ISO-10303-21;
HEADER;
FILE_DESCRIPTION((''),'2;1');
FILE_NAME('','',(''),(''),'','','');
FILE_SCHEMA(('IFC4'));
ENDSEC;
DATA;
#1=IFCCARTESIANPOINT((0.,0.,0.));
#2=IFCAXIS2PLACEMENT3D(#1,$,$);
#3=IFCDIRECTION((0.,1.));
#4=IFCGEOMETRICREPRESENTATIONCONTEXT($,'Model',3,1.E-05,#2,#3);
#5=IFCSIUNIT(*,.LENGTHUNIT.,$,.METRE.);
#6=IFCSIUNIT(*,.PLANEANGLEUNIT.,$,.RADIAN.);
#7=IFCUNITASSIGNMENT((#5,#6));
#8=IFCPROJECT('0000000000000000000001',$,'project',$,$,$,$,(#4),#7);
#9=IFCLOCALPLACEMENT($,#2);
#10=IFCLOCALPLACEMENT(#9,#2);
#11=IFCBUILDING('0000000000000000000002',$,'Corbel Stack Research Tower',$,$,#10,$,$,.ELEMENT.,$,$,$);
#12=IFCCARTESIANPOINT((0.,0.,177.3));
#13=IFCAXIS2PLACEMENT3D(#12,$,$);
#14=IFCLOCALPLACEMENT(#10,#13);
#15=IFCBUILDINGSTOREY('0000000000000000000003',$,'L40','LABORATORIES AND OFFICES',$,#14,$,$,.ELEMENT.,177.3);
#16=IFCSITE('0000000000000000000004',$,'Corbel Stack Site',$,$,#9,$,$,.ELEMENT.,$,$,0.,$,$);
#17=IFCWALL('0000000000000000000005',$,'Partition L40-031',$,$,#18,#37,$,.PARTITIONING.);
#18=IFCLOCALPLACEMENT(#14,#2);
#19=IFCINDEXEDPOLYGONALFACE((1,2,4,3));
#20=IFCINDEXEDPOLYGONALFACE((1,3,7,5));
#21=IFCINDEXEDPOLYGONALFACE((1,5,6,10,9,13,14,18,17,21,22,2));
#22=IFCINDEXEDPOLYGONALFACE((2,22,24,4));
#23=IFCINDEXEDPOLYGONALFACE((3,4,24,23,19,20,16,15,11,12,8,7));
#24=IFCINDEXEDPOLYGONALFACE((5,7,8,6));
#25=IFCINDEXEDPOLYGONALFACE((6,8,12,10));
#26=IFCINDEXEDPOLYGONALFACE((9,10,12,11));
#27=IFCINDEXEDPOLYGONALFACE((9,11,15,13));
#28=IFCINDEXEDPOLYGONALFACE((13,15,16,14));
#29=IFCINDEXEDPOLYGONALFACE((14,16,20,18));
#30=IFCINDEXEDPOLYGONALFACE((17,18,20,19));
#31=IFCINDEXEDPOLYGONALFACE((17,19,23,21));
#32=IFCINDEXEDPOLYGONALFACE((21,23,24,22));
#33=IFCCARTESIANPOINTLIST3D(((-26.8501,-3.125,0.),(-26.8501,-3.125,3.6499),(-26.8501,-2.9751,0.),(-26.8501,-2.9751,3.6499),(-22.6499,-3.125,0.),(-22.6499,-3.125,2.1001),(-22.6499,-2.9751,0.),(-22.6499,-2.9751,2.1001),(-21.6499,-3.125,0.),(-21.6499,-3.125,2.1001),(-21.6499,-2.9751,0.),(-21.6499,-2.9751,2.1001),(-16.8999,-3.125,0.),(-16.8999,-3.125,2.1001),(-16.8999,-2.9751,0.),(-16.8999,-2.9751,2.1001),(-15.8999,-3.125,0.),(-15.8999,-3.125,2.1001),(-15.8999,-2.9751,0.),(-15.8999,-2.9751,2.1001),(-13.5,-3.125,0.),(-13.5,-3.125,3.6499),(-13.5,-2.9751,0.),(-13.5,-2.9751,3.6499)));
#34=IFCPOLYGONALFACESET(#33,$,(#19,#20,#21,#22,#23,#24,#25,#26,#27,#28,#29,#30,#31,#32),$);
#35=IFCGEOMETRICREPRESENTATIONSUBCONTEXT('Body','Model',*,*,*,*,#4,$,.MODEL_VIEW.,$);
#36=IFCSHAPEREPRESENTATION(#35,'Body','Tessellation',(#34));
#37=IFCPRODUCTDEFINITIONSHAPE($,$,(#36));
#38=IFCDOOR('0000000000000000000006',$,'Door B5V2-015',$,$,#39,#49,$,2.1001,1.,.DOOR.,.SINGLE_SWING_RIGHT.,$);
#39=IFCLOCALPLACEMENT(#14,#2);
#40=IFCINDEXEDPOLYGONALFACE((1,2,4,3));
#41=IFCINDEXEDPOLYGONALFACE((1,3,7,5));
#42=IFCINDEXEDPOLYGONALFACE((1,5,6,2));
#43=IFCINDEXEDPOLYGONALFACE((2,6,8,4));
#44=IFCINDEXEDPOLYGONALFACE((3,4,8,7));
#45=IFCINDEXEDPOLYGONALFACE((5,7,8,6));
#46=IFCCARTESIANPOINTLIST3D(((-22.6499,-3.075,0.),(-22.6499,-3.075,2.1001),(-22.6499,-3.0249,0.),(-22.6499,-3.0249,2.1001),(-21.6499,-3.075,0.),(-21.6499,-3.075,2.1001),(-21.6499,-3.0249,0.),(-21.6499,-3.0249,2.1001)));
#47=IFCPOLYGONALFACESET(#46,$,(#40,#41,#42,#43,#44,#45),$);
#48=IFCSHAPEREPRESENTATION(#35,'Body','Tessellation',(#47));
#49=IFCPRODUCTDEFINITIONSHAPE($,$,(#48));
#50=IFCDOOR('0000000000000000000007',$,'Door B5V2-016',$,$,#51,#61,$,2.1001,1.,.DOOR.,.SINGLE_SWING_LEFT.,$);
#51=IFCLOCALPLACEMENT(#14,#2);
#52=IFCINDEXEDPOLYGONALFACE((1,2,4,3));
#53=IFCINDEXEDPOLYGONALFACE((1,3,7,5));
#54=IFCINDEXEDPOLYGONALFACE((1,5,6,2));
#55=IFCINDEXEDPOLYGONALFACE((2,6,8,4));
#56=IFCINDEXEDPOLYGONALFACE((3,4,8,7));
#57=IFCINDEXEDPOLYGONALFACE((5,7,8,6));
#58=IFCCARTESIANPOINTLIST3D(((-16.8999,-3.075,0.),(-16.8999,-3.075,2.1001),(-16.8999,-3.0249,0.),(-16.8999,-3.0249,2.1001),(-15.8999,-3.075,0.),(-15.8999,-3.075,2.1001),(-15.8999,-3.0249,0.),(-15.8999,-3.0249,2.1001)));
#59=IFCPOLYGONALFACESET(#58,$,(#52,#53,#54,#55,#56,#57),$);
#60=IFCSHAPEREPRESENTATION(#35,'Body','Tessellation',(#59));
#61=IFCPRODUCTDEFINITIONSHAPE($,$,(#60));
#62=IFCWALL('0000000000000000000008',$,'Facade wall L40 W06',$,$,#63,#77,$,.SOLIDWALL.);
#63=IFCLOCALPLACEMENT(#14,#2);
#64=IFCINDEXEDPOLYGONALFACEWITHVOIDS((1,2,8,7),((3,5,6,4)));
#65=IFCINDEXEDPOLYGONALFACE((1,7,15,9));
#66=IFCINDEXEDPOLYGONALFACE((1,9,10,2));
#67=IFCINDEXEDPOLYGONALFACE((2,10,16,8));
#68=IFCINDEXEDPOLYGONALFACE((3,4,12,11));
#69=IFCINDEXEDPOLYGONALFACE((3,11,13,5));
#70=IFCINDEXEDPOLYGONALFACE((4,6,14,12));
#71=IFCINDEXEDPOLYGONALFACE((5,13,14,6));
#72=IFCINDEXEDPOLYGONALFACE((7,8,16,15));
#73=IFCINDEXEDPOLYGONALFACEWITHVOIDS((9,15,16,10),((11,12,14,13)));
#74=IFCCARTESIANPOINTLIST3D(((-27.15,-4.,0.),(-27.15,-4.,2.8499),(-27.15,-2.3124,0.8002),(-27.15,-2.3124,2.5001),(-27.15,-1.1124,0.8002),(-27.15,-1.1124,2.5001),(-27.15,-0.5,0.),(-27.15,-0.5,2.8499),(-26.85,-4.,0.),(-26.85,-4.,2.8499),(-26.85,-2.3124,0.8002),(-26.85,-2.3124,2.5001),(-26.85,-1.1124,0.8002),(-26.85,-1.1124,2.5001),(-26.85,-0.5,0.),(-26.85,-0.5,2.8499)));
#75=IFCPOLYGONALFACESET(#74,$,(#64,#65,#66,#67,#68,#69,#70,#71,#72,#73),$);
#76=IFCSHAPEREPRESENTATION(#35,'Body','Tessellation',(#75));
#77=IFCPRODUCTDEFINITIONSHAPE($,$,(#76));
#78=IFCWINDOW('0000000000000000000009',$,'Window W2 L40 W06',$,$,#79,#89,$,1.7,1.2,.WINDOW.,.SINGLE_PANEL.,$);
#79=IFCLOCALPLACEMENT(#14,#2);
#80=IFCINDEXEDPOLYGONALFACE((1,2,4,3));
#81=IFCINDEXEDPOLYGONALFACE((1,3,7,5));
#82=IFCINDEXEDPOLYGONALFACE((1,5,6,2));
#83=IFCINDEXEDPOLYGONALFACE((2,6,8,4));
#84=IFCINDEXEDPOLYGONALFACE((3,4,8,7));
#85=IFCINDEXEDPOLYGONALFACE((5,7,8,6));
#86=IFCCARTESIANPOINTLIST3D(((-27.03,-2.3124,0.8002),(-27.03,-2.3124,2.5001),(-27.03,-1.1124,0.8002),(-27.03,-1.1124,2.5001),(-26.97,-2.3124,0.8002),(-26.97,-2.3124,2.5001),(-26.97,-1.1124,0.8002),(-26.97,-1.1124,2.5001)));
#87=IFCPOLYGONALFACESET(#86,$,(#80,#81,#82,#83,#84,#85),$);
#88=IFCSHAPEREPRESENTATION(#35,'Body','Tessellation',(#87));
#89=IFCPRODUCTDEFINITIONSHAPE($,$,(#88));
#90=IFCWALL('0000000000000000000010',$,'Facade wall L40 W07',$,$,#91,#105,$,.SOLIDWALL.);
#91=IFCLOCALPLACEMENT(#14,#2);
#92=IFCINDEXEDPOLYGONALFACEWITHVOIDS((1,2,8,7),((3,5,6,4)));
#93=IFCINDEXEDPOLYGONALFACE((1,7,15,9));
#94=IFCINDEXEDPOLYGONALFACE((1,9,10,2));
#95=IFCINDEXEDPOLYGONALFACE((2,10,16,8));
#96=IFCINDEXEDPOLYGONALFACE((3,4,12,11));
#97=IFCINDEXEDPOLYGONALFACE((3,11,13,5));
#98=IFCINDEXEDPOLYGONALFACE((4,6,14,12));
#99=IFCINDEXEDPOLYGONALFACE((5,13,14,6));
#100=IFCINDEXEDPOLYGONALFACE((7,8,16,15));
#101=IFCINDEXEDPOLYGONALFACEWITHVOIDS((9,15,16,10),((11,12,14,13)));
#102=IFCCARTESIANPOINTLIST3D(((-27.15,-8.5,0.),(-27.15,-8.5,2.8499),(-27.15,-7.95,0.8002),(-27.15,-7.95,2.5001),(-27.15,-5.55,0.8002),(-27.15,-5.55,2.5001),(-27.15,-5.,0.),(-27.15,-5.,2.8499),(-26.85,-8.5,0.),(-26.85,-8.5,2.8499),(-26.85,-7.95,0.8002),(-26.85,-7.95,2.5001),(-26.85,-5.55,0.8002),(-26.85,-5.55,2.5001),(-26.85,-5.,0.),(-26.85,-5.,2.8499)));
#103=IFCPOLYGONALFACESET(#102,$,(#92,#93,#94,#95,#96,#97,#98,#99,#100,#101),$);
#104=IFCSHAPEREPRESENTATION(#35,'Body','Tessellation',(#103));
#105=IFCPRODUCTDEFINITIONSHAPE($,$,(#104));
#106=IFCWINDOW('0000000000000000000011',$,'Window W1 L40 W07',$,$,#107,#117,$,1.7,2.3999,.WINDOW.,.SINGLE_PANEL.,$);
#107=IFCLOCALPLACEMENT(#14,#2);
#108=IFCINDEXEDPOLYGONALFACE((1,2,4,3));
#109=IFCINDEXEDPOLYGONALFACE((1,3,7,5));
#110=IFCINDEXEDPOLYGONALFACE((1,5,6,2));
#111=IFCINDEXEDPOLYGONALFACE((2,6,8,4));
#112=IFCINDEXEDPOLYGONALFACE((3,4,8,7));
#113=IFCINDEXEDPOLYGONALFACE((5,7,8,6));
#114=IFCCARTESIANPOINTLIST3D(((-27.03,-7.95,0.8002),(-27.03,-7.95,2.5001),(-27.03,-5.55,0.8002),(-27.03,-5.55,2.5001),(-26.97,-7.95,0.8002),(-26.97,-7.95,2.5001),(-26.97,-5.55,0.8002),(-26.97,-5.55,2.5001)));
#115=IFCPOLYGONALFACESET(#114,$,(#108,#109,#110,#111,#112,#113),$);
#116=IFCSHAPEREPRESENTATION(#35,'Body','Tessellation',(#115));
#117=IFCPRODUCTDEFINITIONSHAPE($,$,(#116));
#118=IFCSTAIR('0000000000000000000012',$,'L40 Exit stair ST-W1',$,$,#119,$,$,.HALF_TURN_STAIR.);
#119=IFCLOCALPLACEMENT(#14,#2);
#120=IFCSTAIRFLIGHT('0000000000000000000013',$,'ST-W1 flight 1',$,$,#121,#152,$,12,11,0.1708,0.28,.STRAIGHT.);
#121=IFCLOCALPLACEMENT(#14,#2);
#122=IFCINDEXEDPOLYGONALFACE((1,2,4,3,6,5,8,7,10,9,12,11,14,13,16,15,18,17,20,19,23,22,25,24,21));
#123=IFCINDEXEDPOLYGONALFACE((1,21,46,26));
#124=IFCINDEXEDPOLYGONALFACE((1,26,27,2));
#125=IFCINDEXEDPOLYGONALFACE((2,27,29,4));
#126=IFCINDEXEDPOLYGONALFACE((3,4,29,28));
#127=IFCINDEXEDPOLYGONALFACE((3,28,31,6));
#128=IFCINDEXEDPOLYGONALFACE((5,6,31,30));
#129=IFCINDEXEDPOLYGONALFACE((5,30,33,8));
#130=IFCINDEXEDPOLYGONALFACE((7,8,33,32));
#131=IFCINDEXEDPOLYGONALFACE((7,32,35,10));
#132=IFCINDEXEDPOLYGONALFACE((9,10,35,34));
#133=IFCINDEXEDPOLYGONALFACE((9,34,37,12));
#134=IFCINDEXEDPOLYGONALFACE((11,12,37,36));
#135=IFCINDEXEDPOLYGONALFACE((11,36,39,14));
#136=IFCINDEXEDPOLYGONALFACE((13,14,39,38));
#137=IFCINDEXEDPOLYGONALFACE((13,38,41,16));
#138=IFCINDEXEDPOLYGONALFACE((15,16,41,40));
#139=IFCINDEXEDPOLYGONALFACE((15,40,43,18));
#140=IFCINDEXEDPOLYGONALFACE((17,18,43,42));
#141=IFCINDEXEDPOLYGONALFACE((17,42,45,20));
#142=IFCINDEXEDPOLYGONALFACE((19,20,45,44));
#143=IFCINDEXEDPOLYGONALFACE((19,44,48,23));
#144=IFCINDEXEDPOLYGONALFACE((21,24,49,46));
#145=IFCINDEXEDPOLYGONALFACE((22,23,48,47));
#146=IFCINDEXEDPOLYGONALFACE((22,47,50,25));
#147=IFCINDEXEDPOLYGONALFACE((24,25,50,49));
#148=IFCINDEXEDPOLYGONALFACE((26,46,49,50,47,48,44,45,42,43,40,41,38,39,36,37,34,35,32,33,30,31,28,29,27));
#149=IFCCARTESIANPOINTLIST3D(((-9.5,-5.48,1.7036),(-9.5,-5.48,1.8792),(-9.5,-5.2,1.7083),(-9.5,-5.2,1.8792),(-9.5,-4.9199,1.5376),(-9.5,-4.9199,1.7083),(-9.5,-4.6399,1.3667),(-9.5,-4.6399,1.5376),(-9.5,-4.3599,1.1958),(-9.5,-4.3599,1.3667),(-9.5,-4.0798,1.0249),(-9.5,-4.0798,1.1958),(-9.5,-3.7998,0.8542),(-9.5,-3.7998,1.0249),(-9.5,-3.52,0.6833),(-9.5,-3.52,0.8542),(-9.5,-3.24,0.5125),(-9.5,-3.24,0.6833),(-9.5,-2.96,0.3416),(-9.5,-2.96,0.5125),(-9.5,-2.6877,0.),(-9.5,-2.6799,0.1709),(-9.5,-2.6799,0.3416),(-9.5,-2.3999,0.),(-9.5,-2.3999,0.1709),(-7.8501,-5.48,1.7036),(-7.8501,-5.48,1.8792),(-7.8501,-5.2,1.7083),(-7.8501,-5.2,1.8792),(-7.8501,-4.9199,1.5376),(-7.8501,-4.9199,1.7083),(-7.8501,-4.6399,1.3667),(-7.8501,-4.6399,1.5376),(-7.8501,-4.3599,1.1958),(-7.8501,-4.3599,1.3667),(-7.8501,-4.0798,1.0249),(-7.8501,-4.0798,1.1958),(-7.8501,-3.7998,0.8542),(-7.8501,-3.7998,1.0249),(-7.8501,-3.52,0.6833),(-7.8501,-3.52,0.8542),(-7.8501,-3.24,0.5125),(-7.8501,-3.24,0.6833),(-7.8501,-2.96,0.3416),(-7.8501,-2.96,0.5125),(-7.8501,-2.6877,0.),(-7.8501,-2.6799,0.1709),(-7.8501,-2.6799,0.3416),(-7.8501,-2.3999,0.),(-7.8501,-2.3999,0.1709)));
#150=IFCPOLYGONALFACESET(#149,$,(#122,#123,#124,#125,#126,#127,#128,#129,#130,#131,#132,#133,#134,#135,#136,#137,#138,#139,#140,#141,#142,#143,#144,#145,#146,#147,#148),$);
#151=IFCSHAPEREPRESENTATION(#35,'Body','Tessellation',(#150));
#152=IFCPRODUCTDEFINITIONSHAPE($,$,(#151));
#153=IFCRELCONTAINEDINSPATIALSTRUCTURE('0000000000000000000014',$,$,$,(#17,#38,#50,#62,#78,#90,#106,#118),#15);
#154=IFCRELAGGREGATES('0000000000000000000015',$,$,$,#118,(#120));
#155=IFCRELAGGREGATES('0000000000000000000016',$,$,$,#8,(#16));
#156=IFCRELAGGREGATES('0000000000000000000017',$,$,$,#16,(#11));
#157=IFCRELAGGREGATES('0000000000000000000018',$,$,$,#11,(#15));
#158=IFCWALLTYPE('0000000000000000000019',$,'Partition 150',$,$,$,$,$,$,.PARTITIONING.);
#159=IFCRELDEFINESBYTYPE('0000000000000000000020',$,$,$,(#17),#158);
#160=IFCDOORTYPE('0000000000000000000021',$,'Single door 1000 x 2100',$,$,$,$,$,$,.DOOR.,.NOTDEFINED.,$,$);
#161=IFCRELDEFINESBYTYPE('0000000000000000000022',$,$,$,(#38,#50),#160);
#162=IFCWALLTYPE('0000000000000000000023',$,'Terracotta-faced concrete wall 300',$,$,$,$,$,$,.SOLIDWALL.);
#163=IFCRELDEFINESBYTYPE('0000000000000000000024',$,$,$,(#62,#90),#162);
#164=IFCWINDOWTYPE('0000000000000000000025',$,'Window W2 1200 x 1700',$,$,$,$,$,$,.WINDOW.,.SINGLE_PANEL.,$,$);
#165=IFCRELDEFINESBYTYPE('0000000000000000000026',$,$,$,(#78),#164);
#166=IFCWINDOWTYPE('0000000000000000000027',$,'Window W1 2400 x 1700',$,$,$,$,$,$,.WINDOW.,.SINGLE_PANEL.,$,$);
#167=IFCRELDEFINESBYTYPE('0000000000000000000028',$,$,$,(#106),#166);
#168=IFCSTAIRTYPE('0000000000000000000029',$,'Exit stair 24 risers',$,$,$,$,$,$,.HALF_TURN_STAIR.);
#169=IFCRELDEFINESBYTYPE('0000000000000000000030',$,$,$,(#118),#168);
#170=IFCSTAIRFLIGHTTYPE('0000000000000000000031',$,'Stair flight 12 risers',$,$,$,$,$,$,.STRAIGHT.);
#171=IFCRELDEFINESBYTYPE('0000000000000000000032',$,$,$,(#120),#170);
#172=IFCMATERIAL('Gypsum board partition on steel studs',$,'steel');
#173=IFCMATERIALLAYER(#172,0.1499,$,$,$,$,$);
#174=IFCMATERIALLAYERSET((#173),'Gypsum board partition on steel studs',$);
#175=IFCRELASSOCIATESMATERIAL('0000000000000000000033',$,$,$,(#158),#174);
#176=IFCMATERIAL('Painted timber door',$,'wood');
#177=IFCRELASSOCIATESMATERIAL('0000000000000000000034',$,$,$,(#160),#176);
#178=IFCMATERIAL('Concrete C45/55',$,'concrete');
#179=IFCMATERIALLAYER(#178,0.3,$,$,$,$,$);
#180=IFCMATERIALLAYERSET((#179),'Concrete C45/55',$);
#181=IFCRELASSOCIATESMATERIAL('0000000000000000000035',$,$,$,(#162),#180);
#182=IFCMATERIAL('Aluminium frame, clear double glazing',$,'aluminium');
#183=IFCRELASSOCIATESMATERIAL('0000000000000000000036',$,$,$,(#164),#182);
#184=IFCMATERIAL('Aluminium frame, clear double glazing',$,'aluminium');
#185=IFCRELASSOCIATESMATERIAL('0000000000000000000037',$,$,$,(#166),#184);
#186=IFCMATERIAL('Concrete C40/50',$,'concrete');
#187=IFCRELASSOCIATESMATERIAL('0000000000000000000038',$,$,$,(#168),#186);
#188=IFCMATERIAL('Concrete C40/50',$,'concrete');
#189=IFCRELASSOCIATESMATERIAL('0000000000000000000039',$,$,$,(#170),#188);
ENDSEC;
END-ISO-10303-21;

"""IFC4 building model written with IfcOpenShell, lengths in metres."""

from ifc_helpers import new_model, si_unit, direction, frame, frame_2d, origin, place, context, subcontext, project, spatial, polyline, rectangle, outline, extrude, material, layer, layer_set, type_object, element, fill, aggregate, save


model = new_model("IFC4")

# Units and contexts
model_context = context("Model", 3, precision=1e-05, world=origin(), true_north=direction((0.0, 1.0)))
body_context = subcontext(model_context, "Body", "Model", "MODEL_VIEW")
ifc_project = project(units=[si_unit("LENGTHUNIT", "METRE"), si_unit("PLANEANGLEUNIT", "RADIAN")], contexts=[model_context])

# Site, building, storey
site_placement = place(None, origin())
site = spatial("IfcSite", under=ifc_project, at=site_placement, Name="Corbel Stack Site", CompositionType="ELEMENT", RefElevation=0.0)
building_placement = place(site_placement, origin())
building = spatial("IfcBuilding", under=site, at=building_placement, Name="Corbel Stack Research Tower", CompositionType="ELEMENT")
storey_placement = place(building_placement, frame((0.0, 0.0, 177.3)))
storey = spatial("IfcBuildingStorey", under=building, at=storey_placement, Name="L40", Description="LABORATORIES AND OFFICES", CompositionType="ELEMENT", Elevation=177.3)

# Wall, openings, doors
ifc_material_1 = material(Name="Gypsum board partition on steel studs", Category="steel")
ifc_layer_1 = layer(ifc_material_1, 0.1499)
ifc_layer_set_1 = layer_set([ifc_layer_1], Name="Gypsum board partition on steel studs")
wall_type_1 = type_object("IfcWallType", Name="Partition 150", PredefinedType="PARTITIONING", material=ifc_layer_set_1)
wall_1_placement = place(storey_placement, frame((-13.5, -3.05, 0.0), z_axis=(0.0, 0.0, 1.0), x_axis=(-1.0, 0.0, 0.0)))
wall_1 = element("IfcWall", 1, at=wall_1_placement, inside=storey, type_object=wall_type_1, Name="Partition L40-031", PredefinedType="PARTITIONING", context=body_context, shape_type="SweptSolid", body=[
    extrude(rectangle(XDim=13.3501, YDim=0.1499, at=frame_2d((6.675, 0.0))), origin(), (0.0, 0.0, 1.0), 3.6499),
])
opening_1_placement = place(wall_1_placement, frame((8.1499, 0.0, 0.0)))
opening_1 = element("IfcOpeningElement", 2, at=opening_1_placement, cuts=wall_1, PredefinedType="OPENING", context=body_context, shape_type="SweptSolid", body=[
    extrude(rectangle(XDim=1.0, YDim=2.1001, at=frame_2d((0.5, 1.05))), frame((0.0, 0.085, 0.0), z_axis=(0.0, -1.0, 0.0), x_axis=(1.0, 0.0, 0.0)), (0.0, 0.0, 1.0), 0.1699),
])
opening_2_placement = place(wall_1_placement, frame((2.3999, 0.0, 0.0)))
opening_2 = element("IfcOpeningElement", 3, at=opening_2_placement, cuts=wall_1, PredefinedType="OPENING", context=body_context, shape_type="SweptSolid", body=[
    extrude(rectangle(XDim=1.0, YDim=2.1001, at=frame_2d((0.5, 1.05))), frame((0.0, 0.085, 0.0), z_axis=(0.0, -1.0, 0.0), x_axis=(1.0, 0.0, 0.0)), (0.0, 0.0, 1.0), 0.1699),
])
ifc_material_2 = material(Name="Painted timber door", Category="wood")
door_type_1 = type_object("IfcDoorType", Name="Single door 1000 x 2100", OperationType="NOTDEFINED", PredefinedType="DOOR", material=ifc_material_2)
door_1_placement = place(opening_1_placement, origin())
door_1 = element("IfcDoor", 4, at=door_1_placement, inside=storey, type_object=door_type_1, Name="Door B5V2-015", OperationType="SINGLE_SWING_RIGHT", OverallHeight=2.1001, OverallWidth=1.0, PredefinedType="DOOR", context=body_context, shape_type="SweptSolid", body=[
    extrude(rectangle(XDim=1.0, YDim=2.1001, at=frame_2d((0.5, 1.05))), frame((0.0, 0.0249, 0.0), z_axis=(0.0, -1.0, 0.0), x_axis=(1.0, 0.0, 0.0)), (0.0, 0.0, 1.0), 0.05),
])
fill(opening_1, door_1)
door_2_placement = place(opening_2_placement, origin())
door_2 = element("IfcDoor", 5, at=door_2_placement, inside=storey, type_object=door_type_1, Name="Door B5V2-016", OperationType="SINGLE_SWING_LEFT", OverallHeight=2.1001, OverallWidth=1.0, PredefinedType="DOOR", context=body_context, shape_type="SweptSolid", body=[
    extrude(rectangle(XDim=1.0, YDim=2.1001, at=frame_2d((0.5, 1.05))), frame((0.0, 0.0249, 0.0), z_axis=(0.0, -1.0, 0.0), x_axis=(1.0, 0.0, 0.0)), (0.0, 0.0, 1.0), 0.05),
])
fill(opening_2, door_2)

# Walls, openings, windows
ifc_material_3 = material(Name="Concrete C45/55", Category="concrete")
ifc_layer_2 = layer(ifc_material_3, 0.3)
ifc_layer_set_2 = layer_set([ifc_layer_2], Name="Concrete C45/55")
wall_type_2 = type_object("IfcWallType", Name="Terracotta-faced concrete wall 300", PredefinedType="SOLIDWALL", material=ifc_layer_set_2)
wall_2_placement = place(storey_placement, frame((-27.0, -4.0, 0.0), z_axis=(0.0, 0.0, 1.0), x_axis=(0.0, 1.0, 0.0)))
wall_2 = element("IfcWall", 6, at=wall_2_placement, inside=storey, type_object=wall_type_2, Name="Facade wall L40 W06", PredefinedType="SOLIDWALL", context=body_context, shape_type="SweptSolid", body=[
    extrude(rectangle(XDim=3.5, YDim=0.3, at=frame_2d((1.75, 0.0))), origin(), (0.0, 0.0, 1.0), 2.8499),
])
opening_3_placement = place(wall_2_placement, frame((1.6875, 0.0, 0.8)))
opening_3 = element("IfcOpeningElement", 7, at=opening_3_placement, cuts=wall_2, PredefinedType="OPENING", context=body_context, shape_type="SweptSolid", body=[
    extrude(rectangle(XDim=1.2, YDim=1.7, at=frame_2d((0.6001, 0.8501))), frame((0.0, 0.1599, 0.0), z_axis=(0.0, -1.0, 0.0), x_axis=(1.0, 0.0, 0.0)), (0.0, 0.0, 1.0), 0.3201),
])
ifc_material_4 = material(Name="Aluminium frame, clear double glazing", Category="aluminium")
window_type_1 = type_object("IfcWindowType", Name="Window W2 1200 x 1700", PartitioningType="SINGLE_PANEL", PredefinedType="WINDOW", material=ifc_material_4)
window_1_placement = place(opening_3_placement, origin())
window_1 = element("IfcWindow", 8, at=window_1_placement, inside=storey, type_object=window_type_1, Name="Window W2 L40 W06", OverallHeight=1.7, OverallWidth=1.2, PartitioningType="SINGLE_PANEL", PredefinedType="WINDOW", context=body_context, shape_type="SweptSolid", body=[
    extrude(rectangle(XDim=1.2, YDim=1.7, at=frame_2d((0.6001, 0.8501))), frame((0.0, 0.03, 0.0), z_axis=(0.0, -1.0, 0.0), x_axis=(1.0, 0.0, 0.0)), (0.0, 0.0, 1.0), 0.0601),
])
fill(opening_3, window_1)
wall_3_placement = place(storey_placement, frame((-27.0, -8.5, 0.0), z_axis=(0.0, 0.0, 1.0), x_axis=(0.0, 1.0, 0.0)))
wall_3 = element("IfcWall", 9, at=wall_3_placement, inside=storey, type_object=wall_type_2, Name="Facade wall L40 W07", PredefinedType="SOLIDWALL", context=body_context, shape_type="SweptSolid", body=[
    extrude(rectangle(XDim=3.5, YDim=0.3, at=frame_2d((1.75, 0.0))), origin(), (0.0, 0.0, 1.0), 2.8499),
])
opening_4_placement = place(wall_3_placement, frame((0.55, 0.0, 0.8)))
opening_4 = element("IfcOpeningElement", 10, at=opening_4_placement, cuts=wall_3, PredefinedType="OPENING", context=body_context, shape_type="SweptSolid", body=[
    extrude(rectangle(XDim=2.3999, YDim=1.7, at=frame_2d((1.2, 0.8501))), frame((0.0, 0.1599, 0.0), z_axis=(0.0, -1.0, 0.0), x_axis=(1.0, 0.0, 0.0)), (0.0, 0.0, 1.0), 0.3201),
])
ifc_material_5 = material(Name="Aluminium frame, clear double glazing", Category="aluminium")
window_type_2 = type_object("IfcWindowType", Name="Window W1 2400 x 1700", PartitioningType="SINGLE_PANEL", PredefinedType="WINDOW", material=ifc_material_5)
window_2_placement = place(opening_4_placement, origin())
window_2 = element("IfcWindow", 11, at=window_2_placement, inside=storey, type_object=window_type_2, Name="Window W1 L40 W07", OverallHeight=1.7, OverallWidth=2.3999, PartitioningType="SINGLE_PANEL", PredefinedType="WINDOW", context=body_context, shape_type="SweptSolid", body=[
    extrude(rectangle(XDim=2.3999, YDim=1.7, at=frame_2d((1.2, 0.8501))), frame((0.0, 0.03, 0.0), z_axis=(0.0, -1.0, 0.0), x_axis=(1.0, 0.0, 0.0)), (0.0, 0.0, 1.0), 0.0601),
])
fill(opening_4, window_2)

# Stair, stair flight
ifc_material_6 = material(Name="Concrete C40/50", Category="concrete")
stair_type = type_object("IfcStairType", Name="Exit stair 24 risers", PredefinedType="HALF_TURN_STAIR", material=ifc_material_6)
stair_placement = place(storey_placement, origin())
stair = element("IfcStair", 12, at=stair_placement, inside=storey, type_object=stair_type, Name="L40 Exit stair ST-W1", PredefinedType="HALF_TURN_STAIR")
ifc_material_7 = material(Name="Concrete C40/50", Category="concrete")
stair_flight_type = type_object("IfcStairFlightType", Name="Stair flight 12 risers", PredefinedType="STRAIGHT", material=ifc_material_7)
stair_flight_placement = place(storey_placement, frame((-8.675, -2.3999, 0.0), z_axis=(0.0, 0.0, 1.0), x_axis=(0.0, -1.0, 0.0)))
stair_flight = element("IfcStairFlight", 13, at=stair_flight_placement, type_object=stair_flight_type, Name="ST-W1 flight 1", NumberOfRisers=12, NumberOfTreads=11, PredefinedType="STRAIGHT", RiserHeight=0.1708, TreadLength=0.28, context=body_context, shape_type="SweptSolid", body=[
    extrude(outline(polyline([(0.0, 0.0), (0.0, 0.1709), (0.28, 0.1709), (0.28, 0.3416), (0.5601, 0.3416), (0.5601, 0.5125), (0.8401, 0.5125), (0.8401, 0.6833), (1.1201, 0.6833), (1.1201, 0.8542), (1.3999, 0.8542), (1.3999, 1.0249), (1.6799, 1.0249), (1.6799, 1.1958), (1.96, 1.1958), (1.96, 1.3667), (2.24, 1.3667), (2.24, 1.5376), (2.52, 1.5376), (2.52, 1.7083), (2.8, 1.7083), (2.8, 1.8792), (3.0801, 1.8792), (3.0801, 2.05), (3.0801, 1.7036), (0.2878, 0.0), (0.0, 0.0)])), frame((0.0, 0.825, 0.0), z_axis=(0.0, -1.0, 0.0), x_axis=(1.0, 0.0, 0.0)), (0.0, 0.0, 1.0), 1.6499),
])
aggregate(stair, [stair_flight])

save(model, "model.ifc")
